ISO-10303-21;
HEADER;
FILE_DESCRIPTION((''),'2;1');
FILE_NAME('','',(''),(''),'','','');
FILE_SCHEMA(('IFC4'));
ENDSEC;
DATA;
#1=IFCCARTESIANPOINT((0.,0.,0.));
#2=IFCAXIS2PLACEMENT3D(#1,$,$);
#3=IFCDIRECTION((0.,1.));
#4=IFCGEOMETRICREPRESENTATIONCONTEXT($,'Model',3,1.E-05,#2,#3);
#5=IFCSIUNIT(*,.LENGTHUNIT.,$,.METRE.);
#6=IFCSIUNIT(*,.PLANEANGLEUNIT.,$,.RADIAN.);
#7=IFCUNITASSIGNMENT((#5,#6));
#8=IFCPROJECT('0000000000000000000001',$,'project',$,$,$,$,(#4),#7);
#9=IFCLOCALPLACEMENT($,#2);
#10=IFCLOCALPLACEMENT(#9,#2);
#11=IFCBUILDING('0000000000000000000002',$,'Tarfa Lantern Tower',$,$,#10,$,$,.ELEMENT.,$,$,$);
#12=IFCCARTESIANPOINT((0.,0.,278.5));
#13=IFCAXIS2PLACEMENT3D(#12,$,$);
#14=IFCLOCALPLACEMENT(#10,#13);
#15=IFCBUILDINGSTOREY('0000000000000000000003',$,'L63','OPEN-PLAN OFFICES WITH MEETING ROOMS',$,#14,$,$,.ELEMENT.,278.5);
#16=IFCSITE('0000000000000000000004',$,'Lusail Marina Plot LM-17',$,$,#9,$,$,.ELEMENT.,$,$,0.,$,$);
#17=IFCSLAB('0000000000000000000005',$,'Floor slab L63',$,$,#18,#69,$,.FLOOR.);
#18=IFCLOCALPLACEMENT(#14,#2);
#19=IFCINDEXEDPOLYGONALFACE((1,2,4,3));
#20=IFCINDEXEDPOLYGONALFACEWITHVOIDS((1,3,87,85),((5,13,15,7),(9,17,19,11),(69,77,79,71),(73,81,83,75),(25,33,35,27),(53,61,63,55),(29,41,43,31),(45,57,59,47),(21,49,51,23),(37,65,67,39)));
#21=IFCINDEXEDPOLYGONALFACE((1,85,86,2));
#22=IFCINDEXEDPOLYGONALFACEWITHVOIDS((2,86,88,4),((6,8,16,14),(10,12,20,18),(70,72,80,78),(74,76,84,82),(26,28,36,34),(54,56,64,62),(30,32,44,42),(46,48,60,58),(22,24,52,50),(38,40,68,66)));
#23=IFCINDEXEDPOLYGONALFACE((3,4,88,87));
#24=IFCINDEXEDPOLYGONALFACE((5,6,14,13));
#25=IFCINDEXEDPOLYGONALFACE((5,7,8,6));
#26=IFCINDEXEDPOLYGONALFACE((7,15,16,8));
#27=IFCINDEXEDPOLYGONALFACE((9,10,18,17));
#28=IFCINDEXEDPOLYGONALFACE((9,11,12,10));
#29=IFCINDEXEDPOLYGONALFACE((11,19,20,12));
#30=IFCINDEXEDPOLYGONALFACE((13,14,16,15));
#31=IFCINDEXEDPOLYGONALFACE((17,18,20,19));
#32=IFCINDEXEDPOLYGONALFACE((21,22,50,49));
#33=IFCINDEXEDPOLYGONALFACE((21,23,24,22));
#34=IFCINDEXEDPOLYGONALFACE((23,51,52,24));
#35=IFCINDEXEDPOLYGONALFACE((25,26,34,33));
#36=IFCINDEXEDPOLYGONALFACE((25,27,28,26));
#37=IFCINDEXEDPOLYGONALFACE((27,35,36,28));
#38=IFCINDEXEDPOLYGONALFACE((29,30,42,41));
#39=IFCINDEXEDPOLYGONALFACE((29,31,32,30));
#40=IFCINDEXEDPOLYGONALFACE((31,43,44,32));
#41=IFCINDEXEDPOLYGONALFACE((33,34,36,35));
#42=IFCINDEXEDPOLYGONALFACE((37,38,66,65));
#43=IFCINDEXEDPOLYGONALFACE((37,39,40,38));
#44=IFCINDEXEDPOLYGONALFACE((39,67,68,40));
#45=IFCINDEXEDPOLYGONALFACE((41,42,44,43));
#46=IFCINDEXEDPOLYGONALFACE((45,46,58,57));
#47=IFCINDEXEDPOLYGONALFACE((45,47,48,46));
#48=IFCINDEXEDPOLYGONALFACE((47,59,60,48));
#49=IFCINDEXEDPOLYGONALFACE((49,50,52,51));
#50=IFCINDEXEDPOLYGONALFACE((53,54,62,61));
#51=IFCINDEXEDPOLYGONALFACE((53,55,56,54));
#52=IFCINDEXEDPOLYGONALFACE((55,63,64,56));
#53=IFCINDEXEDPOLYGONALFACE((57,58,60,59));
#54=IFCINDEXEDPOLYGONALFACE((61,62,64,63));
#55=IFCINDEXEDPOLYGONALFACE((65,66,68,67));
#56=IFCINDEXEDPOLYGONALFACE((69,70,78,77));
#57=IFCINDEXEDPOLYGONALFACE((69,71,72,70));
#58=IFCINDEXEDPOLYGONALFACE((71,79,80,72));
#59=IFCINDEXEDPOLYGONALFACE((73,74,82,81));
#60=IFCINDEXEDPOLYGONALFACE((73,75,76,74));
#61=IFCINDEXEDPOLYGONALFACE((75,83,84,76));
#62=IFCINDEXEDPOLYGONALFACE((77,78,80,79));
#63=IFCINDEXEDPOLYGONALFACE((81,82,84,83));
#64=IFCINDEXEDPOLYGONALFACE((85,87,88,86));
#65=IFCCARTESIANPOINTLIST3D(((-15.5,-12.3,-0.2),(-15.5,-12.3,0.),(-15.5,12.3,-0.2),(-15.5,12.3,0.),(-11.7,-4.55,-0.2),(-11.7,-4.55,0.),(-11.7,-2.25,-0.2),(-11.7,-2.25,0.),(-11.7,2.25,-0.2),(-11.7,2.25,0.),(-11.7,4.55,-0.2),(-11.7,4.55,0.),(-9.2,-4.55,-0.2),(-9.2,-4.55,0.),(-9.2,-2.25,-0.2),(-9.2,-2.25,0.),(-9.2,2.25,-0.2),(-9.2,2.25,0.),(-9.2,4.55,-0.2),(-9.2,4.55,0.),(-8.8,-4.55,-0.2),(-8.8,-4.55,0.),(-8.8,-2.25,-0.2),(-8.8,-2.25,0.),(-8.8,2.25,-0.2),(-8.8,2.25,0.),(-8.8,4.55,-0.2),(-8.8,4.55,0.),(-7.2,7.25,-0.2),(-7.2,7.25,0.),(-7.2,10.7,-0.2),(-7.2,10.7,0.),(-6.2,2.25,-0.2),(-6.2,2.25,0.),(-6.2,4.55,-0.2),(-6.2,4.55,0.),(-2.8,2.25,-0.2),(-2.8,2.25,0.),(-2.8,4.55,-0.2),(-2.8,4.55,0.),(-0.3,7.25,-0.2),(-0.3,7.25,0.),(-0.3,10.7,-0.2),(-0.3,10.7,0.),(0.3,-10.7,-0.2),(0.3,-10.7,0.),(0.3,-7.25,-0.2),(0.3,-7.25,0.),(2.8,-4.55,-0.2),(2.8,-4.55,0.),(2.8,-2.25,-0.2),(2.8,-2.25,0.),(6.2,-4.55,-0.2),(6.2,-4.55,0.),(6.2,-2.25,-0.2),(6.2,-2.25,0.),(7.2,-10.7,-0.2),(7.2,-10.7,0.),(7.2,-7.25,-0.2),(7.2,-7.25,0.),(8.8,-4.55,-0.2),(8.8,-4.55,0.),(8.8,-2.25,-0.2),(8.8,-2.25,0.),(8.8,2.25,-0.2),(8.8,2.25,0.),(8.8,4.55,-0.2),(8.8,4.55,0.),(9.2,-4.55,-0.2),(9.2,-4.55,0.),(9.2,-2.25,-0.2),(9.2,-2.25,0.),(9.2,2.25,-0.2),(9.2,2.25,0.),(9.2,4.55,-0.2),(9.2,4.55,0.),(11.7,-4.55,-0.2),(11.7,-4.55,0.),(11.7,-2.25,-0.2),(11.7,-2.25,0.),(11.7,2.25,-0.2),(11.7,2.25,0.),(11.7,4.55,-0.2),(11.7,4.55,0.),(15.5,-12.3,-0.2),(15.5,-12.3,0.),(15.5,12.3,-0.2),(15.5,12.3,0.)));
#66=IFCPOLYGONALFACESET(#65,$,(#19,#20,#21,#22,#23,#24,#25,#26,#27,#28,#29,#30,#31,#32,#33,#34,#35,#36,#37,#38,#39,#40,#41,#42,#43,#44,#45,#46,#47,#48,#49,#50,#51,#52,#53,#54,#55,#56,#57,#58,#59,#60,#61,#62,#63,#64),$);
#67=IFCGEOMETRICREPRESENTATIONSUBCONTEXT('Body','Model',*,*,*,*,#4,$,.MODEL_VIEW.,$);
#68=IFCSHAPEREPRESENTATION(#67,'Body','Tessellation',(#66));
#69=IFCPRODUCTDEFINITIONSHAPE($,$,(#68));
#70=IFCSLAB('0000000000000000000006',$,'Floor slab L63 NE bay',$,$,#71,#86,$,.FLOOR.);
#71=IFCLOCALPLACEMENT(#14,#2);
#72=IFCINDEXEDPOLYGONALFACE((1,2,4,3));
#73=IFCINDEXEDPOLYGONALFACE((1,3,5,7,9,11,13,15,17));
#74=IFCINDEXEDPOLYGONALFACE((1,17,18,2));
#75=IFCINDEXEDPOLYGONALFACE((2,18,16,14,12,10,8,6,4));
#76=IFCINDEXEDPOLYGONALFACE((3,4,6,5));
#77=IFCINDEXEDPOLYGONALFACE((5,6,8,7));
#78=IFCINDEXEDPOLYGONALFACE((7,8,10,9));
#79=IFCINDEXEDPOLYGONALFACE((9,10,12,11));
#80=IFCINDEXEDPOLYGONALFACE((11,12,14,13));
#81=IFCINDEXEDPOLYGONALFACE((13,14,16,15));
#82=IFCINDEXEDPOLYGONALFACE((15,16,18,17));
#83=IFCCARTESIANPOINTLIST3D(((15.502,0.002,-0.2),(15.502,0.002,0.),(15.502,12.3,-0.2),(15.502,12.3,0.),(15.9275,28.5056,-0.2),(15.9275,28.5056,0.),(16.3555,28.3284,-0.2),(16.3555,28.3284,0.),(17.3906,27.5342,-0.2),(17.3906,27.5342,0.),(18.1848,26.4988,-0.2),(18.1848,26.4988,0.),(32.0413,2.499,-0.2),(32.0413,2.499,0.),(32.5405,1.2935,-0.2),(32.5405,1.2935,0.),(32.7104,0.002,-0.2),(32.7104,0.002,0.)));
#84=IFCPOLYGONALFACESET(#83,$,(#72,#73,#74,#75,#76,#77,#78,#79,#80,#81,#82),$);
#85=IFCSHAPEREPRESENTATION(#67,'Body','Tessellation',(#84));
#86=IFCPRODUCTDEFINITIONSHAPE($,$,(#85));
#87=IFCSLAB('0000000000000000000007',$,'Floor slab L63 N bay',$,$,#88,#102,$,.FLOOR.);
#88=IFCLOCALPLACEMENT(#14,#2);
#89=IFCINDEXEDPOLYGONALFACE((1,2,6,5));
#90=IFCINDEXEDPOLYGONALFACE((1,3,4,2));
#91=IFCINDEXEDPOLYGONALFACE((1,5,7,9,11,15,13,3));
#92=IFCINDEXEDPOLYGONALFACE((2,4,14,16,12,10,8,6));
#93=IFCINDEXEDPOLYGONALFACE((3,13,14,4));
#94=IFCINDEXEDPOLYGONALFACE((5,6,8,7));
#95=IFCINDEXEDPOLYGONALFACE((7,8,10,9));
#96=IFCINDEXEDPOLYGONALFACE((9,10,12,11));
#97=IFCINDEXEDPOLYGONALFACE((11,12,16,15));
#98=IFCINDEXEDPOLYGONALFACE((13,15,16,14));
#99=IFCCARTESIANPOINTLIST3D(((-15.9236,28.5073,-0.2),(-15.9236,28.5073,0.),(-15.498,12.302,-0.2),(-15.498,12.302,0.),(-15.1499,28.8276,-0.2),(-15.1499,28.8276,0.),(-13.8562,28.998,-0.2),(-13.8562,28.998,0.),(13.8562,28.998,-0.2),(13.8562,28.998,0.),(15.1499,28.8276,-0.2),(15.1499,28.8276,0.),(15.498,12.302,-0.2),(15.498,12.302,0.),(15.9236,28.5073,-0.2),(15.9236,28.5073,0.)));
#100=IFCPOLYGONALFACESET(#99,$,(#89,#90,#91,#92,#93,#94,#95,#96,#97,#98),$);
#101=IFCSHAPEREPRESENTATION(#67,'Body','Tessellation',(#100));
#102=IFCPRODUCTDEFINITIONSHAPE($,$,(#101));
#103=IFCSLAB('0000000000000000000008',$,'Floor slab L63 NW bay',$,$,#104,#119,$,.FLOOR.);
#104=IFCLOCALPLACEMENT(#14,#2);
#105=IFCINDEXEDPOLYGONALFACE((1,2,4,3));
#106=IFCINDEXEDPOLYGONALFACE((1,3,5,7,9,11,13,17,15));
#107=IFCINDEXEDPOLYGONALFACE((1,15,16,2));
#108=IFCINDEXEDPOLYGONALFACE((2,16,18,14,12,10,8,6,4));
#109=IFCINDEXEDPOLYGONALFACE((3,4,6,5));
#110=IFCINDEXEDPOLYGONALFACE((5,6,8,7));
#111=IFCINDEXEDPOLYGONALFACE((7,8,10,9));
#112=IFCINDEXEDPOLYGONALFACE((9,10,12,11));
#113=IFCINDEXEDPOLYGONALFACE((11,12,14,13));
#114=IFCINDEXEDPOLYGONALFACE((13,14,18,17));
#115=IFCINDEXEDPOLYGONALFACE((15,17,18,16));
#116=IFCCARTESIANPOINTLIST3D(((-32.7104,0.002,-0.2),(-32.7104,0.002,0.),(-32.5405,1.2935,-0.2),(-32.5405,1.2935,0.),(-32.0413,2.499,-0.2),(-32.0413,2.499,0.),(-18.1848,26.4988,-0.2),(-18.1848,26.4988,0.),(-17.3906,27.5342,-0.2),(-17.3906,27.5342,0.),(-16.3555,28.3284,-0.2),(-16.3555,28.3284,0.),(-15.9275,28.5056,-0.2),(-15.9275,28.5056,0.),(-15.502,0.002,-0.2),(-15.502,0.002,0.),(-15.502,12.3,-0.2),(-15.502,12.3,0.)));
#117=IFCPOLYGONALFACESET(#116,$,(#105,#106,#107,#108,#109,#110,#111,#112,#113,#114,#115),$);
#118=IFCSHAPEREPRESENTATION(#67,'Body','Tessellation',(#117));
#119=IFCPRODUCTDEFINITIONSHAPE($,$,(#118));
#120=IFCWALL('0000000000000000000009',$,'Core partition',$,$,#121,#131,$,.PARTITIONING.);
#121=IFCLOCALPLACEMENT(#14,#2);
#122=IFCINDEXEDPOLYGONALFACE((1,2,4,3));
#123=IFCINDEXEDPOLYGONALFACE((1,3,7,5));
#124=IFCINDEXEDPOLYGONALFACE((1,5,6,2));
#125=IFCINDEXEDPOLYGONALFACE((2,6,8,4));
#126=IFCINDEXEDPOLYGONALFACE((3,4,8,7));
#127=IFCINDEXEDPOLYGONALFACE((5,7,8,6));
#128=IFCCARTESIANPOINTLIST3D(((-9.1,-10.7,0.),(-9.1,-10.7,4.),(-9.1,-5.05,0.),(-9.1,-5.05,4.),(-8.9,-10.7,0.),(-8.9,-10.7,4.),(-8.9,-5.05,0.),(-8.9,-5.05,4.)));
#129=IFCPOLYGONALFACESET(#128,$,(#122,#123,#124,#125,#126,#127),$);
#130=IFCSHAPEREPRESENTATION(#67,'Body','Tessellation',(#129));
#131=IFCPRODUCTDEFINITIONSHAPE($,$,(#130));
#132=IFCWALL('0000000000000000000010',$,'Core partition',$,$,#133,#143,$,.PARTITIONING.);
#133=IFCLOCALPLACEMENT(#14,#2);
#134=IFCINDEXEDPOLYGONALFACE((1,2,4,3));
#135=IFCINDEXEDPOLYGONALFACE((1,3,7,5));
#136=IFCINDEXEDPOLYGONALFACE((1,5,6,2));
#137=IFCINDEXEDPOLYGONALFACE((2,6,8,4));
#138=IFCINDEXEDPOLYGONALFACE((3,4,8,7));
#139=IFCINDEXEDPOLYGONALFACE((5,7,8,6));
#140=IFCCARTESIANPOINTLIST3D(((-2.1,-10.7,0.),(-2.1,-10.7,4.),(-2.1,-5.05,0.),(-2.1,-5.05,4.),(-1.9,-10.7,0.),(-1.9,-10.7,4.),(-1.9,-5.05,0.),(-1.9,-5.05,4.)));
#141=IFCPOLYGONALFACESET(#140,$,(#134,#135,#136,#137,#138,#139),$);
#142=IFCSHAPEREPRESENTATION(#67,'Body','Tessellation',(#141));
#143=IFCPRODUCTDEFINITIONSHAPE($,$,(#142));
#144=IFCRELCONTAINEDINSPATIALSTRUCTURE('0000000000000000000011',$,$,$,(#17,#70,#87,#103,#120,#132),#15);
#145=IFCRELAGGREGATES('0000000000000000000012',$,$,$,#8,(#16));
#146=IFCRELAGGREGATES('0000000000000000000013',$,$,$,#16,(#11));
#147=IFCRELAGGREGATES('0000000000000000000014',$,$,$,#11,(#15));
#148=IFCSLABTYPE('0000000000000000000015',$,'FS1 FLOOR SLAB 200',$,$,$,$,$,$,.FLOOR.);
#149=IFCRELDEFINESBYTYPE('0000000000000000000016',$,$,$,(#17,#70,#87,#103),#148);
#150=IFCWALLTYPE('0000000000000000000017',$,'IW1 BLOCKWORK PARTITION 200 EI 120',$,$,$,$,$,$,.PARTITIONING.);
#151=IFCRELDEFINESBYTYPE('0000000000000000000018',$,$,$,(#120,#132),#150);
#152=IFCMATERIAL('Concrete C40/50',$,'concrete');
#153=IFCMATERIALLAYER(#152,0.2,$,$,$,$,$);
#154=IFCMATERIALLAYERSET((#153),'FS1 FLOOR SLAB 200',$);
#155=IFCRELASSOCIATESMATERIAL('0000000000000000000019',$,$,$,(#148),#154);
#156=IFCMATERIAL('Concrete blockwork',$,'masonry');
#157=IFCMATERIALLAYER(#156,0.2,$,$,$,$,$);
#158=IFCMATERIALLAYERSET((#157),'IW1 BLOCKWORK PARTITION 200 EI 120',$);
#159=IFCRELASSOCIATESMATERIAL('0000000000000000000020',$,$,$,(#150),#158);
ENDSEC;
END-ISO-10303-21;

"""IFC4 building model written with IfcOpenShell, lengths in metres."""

from ifc_helpers import new_model, si_unit, direction, frame, frame_2d, origin, place, context, subcontext, project, spatial, polyline, rectangle, outline, extrude, material, layer, layer_set, type_object, element, save


model = new_model("IFC4")

# Units and contexts
model_context = context("Model", 3, precision=1e-05, world=origin(), true_north=direction((0.0, 1.0)))
body_context = subcontext(model_context, "Body", "Model", "MODEL_VIEW")
ifc_project = project(units=[si_unit("LENGTHUNIT", "METRE"), si_unit("PLANEANGLEUNIT", "RADIAN")], contexts=[model_context])

# Site, building, storey
site_placement = place(None, origin())
site = spatial("IfcSite", under=ifc_project, at=site_placement, Name="Lusail Marina Plot LM-17", CompositionType="ELEMENT", RefElevation=0.0)
building_placement = place(site_placement, origin())
building = spatial("IfcBuilding", under=site, at=building_placement, Name="Tarfa Lantern Tower", CompositionType="ELEMENT")
storey_placement = place(building_placement, frame((0.0, 0.0, 278.5)))
storey = spatial("IfcBuildingStorey", under=building, at=storey_placement, Name="L63", Description="OPEN-PLAN OFFICES WITH MEETING ROOMS", CompositionType="ELEMENT", Elevation=278.5)

# Slabs
ifc_material_1 = material(Name="Concrete C40/50", Category="concrete")
ifc_layer_1 = layer(ifc_material_1, 0.2)
ifc_layer_set_1 = layer_set([ifc_layer_1], Name="FS1 FLOOR SLAB 200")
slab_type = type_object("IfcSlabType", Name="FS1 FLOOR SLAB 200", PredefinedType="FLOOR", material=ifc_layer_set_1)
slab_1_placement = place(storey_placement, frame((0.0, 0.0, -0.2)))
element("IfcSlab", 1, at=slab_1_placement, inside=storey, type_object=slab_type, Name="Floor slab L63", PredefinedType="FLOOR", context=body_context, shape_type="SweptSolid", body=[
    extrude(outline(polyline([(-15.5, -12.3), (15.5, -12.3), (15.5, 12.3), (-15.5, 12.3), (-15.5, -12.3)]), holes=[polyline([(-11.7, 2.25), (-9.2, 2.25), (-9.2, 4.55), (-11.7, 4.55), (-11.7, 2.25)]), polyline([(-8.8, 2.25), (-6.2, 2.25), (-6.2, 4.55), (-8.8, 4.55), (-8.8, 2.25)]), polyline([(-2.8, 2.25), (8.8, 2.25), (8.8, 4.55), (-2.8, 4.55), (-2.8, 2.25)]), polyline([(9.2, 2.25), (11.7, 2.25), (11.7, 4.55), (9.2, 4.55), (9.2, 2.25)]), polyline([(11.7, -2.25), (9.2, -2.25), (9.2, -4.55), (11.7, -4.55), (11.7, -2.25)]), polyline([(8.8, -2.25), (6.2, -2.25), (6.2, -4.55), (8.8, -4.55), (8.8, -2.25)]), polyline([(2.8, -2.25), (-8.8, -2.25), (-8.8, -4.55), (2.8, -4.55), (2.8, -2.25)]), polyline([(-9.2, -2.25), (-11.7, -2.25), (-11.7, -4.55), (-9.2, -4.55), (-9.2, -2.25)]), polyline([(-7.2, 7.25), (-0.3, 7.25), (-0.3, 10.7), (-7.2, 10.7), (-7.2, 7.25)]), polyline([(7.2, -7.25), (0.3, -7.25), (0.3, -10.7), (7.2, -10.7), (7.2, -7.25)])]), origin(), (0.0, 0.0, 1.0), 0.2),
])
slab_2_placement = place(storey_placement, frame((0.0, 0.0, -0.2)))
element("IfcSlab", 2, at=slab_2_placement, inside=storey, type_object=slab_type, Name="Floor slab L63 NE bay", PredefinedType="FLOOR", context=body_context, shape_type="SweptSolid", body=[
    extrude(outline(polyline([(32.0413, 2.499), (18.1848, 26.4988), (17.3906, 27.5342), (16.3555, 28.3284), (15.9275, 28.5056), (15.502, 12.3), (15.502, 0.002), (32.7104, 0.002), (32.5405, 1.2935), (32.0413, 2.499)])), origin(), (0.0, 0.0, 1.0), 0.2),
])
slab_3_placement = place(storey_placement, frame((0.0, 0.0, -0.2)))
element("IfcSlab", 3, at=slab_3_placement, inside=storey, type_object=slab_type, Name="Floor slab L63 N bay", PredefinedType="FLOOR", context=body_context, shape_type="SweptSolid", body=[
    extrude(outline(polyline([(-15.498, 12.302), (15.498, 12.302), (15.9236, 28.5073), (15.1499, 28.8276), (13.8562, 28.998), (-13.8562, 28.998), (-15.1499, 28.8276), (-15.9236, 28.5073), (-15.498, 12.302)])), origin(), (0.0, 0.0, 1.0), 0.2),
])
slab_4_placement = place(storey_placement, frame((0.0, 0.0, -0.2)))
element("IfcSlab", 4, at=slab_4_placement, inside=storey, type_object=slab_type, Name="Floor slab L63 NW bay", PredefinedType="FLOOR", context=body_context, shape_type="SweptSolid", body=[
    extrude(outline(polyline([(-15.502, 0.002), (-15.502, 12.3), (-15.9275, 28.5056), (-16.3555, 28.3284), (-17.3906, 27.5342), (-18.1848, 26.4988), (-32.0413, 2.499), (-32.5405, 1.2935), (-32.7104, 0.002), (-15.502, 0.002)])), origin(), (0.0, 0.0, 1.0), 0.2),
])

# Walls
ifc_material_2 = material(Name="Concrete blockwork", Category="masonry")
ifc_layer_2 = layer(ifc_material_2, 0.2)
ifc_layer_set_2 = layer_set([ifc_layer_2], Name="IW1 BLOCKWORK PARTITION 200 EI 120")
wall_type_1 = type_object("IfcWallType", Name="IW1 BLOCKWORK PARTITION 200 EI 120", PredefinedType="PARTITIONING", material=ifc_layer_set_2)
for number, where, z_axis, x_axis, name in (
    (5, (-9.0, -5.05, 0.0), (0.0, 0.0, 1.0), (0.0, -1.0, 0.0), "Core partition"),
    (6, (-2.0, -5.05, 0.0), (0.0, 0.0, 1.0), (0.0, -1.0, 0.0), "Core partition"),
):
    element("IfcWall", number, at=place(storey_placement, frame(where, z_axis=z_axis, x_axis=x_axis)), inside=storey, type_object=wall_type_1, Name=name, PredefinedType="PARTITIONING", context=body_context, shape_type="SweptSolid", body=[
        extrude(rectangle(XDim=5.6499, YDim=0.2, at=frame_2d((2.825, 0.0))), origin(), (0.0, 0.0, 1.0), 4.0),
    ])

save(model, "model.ifc")
